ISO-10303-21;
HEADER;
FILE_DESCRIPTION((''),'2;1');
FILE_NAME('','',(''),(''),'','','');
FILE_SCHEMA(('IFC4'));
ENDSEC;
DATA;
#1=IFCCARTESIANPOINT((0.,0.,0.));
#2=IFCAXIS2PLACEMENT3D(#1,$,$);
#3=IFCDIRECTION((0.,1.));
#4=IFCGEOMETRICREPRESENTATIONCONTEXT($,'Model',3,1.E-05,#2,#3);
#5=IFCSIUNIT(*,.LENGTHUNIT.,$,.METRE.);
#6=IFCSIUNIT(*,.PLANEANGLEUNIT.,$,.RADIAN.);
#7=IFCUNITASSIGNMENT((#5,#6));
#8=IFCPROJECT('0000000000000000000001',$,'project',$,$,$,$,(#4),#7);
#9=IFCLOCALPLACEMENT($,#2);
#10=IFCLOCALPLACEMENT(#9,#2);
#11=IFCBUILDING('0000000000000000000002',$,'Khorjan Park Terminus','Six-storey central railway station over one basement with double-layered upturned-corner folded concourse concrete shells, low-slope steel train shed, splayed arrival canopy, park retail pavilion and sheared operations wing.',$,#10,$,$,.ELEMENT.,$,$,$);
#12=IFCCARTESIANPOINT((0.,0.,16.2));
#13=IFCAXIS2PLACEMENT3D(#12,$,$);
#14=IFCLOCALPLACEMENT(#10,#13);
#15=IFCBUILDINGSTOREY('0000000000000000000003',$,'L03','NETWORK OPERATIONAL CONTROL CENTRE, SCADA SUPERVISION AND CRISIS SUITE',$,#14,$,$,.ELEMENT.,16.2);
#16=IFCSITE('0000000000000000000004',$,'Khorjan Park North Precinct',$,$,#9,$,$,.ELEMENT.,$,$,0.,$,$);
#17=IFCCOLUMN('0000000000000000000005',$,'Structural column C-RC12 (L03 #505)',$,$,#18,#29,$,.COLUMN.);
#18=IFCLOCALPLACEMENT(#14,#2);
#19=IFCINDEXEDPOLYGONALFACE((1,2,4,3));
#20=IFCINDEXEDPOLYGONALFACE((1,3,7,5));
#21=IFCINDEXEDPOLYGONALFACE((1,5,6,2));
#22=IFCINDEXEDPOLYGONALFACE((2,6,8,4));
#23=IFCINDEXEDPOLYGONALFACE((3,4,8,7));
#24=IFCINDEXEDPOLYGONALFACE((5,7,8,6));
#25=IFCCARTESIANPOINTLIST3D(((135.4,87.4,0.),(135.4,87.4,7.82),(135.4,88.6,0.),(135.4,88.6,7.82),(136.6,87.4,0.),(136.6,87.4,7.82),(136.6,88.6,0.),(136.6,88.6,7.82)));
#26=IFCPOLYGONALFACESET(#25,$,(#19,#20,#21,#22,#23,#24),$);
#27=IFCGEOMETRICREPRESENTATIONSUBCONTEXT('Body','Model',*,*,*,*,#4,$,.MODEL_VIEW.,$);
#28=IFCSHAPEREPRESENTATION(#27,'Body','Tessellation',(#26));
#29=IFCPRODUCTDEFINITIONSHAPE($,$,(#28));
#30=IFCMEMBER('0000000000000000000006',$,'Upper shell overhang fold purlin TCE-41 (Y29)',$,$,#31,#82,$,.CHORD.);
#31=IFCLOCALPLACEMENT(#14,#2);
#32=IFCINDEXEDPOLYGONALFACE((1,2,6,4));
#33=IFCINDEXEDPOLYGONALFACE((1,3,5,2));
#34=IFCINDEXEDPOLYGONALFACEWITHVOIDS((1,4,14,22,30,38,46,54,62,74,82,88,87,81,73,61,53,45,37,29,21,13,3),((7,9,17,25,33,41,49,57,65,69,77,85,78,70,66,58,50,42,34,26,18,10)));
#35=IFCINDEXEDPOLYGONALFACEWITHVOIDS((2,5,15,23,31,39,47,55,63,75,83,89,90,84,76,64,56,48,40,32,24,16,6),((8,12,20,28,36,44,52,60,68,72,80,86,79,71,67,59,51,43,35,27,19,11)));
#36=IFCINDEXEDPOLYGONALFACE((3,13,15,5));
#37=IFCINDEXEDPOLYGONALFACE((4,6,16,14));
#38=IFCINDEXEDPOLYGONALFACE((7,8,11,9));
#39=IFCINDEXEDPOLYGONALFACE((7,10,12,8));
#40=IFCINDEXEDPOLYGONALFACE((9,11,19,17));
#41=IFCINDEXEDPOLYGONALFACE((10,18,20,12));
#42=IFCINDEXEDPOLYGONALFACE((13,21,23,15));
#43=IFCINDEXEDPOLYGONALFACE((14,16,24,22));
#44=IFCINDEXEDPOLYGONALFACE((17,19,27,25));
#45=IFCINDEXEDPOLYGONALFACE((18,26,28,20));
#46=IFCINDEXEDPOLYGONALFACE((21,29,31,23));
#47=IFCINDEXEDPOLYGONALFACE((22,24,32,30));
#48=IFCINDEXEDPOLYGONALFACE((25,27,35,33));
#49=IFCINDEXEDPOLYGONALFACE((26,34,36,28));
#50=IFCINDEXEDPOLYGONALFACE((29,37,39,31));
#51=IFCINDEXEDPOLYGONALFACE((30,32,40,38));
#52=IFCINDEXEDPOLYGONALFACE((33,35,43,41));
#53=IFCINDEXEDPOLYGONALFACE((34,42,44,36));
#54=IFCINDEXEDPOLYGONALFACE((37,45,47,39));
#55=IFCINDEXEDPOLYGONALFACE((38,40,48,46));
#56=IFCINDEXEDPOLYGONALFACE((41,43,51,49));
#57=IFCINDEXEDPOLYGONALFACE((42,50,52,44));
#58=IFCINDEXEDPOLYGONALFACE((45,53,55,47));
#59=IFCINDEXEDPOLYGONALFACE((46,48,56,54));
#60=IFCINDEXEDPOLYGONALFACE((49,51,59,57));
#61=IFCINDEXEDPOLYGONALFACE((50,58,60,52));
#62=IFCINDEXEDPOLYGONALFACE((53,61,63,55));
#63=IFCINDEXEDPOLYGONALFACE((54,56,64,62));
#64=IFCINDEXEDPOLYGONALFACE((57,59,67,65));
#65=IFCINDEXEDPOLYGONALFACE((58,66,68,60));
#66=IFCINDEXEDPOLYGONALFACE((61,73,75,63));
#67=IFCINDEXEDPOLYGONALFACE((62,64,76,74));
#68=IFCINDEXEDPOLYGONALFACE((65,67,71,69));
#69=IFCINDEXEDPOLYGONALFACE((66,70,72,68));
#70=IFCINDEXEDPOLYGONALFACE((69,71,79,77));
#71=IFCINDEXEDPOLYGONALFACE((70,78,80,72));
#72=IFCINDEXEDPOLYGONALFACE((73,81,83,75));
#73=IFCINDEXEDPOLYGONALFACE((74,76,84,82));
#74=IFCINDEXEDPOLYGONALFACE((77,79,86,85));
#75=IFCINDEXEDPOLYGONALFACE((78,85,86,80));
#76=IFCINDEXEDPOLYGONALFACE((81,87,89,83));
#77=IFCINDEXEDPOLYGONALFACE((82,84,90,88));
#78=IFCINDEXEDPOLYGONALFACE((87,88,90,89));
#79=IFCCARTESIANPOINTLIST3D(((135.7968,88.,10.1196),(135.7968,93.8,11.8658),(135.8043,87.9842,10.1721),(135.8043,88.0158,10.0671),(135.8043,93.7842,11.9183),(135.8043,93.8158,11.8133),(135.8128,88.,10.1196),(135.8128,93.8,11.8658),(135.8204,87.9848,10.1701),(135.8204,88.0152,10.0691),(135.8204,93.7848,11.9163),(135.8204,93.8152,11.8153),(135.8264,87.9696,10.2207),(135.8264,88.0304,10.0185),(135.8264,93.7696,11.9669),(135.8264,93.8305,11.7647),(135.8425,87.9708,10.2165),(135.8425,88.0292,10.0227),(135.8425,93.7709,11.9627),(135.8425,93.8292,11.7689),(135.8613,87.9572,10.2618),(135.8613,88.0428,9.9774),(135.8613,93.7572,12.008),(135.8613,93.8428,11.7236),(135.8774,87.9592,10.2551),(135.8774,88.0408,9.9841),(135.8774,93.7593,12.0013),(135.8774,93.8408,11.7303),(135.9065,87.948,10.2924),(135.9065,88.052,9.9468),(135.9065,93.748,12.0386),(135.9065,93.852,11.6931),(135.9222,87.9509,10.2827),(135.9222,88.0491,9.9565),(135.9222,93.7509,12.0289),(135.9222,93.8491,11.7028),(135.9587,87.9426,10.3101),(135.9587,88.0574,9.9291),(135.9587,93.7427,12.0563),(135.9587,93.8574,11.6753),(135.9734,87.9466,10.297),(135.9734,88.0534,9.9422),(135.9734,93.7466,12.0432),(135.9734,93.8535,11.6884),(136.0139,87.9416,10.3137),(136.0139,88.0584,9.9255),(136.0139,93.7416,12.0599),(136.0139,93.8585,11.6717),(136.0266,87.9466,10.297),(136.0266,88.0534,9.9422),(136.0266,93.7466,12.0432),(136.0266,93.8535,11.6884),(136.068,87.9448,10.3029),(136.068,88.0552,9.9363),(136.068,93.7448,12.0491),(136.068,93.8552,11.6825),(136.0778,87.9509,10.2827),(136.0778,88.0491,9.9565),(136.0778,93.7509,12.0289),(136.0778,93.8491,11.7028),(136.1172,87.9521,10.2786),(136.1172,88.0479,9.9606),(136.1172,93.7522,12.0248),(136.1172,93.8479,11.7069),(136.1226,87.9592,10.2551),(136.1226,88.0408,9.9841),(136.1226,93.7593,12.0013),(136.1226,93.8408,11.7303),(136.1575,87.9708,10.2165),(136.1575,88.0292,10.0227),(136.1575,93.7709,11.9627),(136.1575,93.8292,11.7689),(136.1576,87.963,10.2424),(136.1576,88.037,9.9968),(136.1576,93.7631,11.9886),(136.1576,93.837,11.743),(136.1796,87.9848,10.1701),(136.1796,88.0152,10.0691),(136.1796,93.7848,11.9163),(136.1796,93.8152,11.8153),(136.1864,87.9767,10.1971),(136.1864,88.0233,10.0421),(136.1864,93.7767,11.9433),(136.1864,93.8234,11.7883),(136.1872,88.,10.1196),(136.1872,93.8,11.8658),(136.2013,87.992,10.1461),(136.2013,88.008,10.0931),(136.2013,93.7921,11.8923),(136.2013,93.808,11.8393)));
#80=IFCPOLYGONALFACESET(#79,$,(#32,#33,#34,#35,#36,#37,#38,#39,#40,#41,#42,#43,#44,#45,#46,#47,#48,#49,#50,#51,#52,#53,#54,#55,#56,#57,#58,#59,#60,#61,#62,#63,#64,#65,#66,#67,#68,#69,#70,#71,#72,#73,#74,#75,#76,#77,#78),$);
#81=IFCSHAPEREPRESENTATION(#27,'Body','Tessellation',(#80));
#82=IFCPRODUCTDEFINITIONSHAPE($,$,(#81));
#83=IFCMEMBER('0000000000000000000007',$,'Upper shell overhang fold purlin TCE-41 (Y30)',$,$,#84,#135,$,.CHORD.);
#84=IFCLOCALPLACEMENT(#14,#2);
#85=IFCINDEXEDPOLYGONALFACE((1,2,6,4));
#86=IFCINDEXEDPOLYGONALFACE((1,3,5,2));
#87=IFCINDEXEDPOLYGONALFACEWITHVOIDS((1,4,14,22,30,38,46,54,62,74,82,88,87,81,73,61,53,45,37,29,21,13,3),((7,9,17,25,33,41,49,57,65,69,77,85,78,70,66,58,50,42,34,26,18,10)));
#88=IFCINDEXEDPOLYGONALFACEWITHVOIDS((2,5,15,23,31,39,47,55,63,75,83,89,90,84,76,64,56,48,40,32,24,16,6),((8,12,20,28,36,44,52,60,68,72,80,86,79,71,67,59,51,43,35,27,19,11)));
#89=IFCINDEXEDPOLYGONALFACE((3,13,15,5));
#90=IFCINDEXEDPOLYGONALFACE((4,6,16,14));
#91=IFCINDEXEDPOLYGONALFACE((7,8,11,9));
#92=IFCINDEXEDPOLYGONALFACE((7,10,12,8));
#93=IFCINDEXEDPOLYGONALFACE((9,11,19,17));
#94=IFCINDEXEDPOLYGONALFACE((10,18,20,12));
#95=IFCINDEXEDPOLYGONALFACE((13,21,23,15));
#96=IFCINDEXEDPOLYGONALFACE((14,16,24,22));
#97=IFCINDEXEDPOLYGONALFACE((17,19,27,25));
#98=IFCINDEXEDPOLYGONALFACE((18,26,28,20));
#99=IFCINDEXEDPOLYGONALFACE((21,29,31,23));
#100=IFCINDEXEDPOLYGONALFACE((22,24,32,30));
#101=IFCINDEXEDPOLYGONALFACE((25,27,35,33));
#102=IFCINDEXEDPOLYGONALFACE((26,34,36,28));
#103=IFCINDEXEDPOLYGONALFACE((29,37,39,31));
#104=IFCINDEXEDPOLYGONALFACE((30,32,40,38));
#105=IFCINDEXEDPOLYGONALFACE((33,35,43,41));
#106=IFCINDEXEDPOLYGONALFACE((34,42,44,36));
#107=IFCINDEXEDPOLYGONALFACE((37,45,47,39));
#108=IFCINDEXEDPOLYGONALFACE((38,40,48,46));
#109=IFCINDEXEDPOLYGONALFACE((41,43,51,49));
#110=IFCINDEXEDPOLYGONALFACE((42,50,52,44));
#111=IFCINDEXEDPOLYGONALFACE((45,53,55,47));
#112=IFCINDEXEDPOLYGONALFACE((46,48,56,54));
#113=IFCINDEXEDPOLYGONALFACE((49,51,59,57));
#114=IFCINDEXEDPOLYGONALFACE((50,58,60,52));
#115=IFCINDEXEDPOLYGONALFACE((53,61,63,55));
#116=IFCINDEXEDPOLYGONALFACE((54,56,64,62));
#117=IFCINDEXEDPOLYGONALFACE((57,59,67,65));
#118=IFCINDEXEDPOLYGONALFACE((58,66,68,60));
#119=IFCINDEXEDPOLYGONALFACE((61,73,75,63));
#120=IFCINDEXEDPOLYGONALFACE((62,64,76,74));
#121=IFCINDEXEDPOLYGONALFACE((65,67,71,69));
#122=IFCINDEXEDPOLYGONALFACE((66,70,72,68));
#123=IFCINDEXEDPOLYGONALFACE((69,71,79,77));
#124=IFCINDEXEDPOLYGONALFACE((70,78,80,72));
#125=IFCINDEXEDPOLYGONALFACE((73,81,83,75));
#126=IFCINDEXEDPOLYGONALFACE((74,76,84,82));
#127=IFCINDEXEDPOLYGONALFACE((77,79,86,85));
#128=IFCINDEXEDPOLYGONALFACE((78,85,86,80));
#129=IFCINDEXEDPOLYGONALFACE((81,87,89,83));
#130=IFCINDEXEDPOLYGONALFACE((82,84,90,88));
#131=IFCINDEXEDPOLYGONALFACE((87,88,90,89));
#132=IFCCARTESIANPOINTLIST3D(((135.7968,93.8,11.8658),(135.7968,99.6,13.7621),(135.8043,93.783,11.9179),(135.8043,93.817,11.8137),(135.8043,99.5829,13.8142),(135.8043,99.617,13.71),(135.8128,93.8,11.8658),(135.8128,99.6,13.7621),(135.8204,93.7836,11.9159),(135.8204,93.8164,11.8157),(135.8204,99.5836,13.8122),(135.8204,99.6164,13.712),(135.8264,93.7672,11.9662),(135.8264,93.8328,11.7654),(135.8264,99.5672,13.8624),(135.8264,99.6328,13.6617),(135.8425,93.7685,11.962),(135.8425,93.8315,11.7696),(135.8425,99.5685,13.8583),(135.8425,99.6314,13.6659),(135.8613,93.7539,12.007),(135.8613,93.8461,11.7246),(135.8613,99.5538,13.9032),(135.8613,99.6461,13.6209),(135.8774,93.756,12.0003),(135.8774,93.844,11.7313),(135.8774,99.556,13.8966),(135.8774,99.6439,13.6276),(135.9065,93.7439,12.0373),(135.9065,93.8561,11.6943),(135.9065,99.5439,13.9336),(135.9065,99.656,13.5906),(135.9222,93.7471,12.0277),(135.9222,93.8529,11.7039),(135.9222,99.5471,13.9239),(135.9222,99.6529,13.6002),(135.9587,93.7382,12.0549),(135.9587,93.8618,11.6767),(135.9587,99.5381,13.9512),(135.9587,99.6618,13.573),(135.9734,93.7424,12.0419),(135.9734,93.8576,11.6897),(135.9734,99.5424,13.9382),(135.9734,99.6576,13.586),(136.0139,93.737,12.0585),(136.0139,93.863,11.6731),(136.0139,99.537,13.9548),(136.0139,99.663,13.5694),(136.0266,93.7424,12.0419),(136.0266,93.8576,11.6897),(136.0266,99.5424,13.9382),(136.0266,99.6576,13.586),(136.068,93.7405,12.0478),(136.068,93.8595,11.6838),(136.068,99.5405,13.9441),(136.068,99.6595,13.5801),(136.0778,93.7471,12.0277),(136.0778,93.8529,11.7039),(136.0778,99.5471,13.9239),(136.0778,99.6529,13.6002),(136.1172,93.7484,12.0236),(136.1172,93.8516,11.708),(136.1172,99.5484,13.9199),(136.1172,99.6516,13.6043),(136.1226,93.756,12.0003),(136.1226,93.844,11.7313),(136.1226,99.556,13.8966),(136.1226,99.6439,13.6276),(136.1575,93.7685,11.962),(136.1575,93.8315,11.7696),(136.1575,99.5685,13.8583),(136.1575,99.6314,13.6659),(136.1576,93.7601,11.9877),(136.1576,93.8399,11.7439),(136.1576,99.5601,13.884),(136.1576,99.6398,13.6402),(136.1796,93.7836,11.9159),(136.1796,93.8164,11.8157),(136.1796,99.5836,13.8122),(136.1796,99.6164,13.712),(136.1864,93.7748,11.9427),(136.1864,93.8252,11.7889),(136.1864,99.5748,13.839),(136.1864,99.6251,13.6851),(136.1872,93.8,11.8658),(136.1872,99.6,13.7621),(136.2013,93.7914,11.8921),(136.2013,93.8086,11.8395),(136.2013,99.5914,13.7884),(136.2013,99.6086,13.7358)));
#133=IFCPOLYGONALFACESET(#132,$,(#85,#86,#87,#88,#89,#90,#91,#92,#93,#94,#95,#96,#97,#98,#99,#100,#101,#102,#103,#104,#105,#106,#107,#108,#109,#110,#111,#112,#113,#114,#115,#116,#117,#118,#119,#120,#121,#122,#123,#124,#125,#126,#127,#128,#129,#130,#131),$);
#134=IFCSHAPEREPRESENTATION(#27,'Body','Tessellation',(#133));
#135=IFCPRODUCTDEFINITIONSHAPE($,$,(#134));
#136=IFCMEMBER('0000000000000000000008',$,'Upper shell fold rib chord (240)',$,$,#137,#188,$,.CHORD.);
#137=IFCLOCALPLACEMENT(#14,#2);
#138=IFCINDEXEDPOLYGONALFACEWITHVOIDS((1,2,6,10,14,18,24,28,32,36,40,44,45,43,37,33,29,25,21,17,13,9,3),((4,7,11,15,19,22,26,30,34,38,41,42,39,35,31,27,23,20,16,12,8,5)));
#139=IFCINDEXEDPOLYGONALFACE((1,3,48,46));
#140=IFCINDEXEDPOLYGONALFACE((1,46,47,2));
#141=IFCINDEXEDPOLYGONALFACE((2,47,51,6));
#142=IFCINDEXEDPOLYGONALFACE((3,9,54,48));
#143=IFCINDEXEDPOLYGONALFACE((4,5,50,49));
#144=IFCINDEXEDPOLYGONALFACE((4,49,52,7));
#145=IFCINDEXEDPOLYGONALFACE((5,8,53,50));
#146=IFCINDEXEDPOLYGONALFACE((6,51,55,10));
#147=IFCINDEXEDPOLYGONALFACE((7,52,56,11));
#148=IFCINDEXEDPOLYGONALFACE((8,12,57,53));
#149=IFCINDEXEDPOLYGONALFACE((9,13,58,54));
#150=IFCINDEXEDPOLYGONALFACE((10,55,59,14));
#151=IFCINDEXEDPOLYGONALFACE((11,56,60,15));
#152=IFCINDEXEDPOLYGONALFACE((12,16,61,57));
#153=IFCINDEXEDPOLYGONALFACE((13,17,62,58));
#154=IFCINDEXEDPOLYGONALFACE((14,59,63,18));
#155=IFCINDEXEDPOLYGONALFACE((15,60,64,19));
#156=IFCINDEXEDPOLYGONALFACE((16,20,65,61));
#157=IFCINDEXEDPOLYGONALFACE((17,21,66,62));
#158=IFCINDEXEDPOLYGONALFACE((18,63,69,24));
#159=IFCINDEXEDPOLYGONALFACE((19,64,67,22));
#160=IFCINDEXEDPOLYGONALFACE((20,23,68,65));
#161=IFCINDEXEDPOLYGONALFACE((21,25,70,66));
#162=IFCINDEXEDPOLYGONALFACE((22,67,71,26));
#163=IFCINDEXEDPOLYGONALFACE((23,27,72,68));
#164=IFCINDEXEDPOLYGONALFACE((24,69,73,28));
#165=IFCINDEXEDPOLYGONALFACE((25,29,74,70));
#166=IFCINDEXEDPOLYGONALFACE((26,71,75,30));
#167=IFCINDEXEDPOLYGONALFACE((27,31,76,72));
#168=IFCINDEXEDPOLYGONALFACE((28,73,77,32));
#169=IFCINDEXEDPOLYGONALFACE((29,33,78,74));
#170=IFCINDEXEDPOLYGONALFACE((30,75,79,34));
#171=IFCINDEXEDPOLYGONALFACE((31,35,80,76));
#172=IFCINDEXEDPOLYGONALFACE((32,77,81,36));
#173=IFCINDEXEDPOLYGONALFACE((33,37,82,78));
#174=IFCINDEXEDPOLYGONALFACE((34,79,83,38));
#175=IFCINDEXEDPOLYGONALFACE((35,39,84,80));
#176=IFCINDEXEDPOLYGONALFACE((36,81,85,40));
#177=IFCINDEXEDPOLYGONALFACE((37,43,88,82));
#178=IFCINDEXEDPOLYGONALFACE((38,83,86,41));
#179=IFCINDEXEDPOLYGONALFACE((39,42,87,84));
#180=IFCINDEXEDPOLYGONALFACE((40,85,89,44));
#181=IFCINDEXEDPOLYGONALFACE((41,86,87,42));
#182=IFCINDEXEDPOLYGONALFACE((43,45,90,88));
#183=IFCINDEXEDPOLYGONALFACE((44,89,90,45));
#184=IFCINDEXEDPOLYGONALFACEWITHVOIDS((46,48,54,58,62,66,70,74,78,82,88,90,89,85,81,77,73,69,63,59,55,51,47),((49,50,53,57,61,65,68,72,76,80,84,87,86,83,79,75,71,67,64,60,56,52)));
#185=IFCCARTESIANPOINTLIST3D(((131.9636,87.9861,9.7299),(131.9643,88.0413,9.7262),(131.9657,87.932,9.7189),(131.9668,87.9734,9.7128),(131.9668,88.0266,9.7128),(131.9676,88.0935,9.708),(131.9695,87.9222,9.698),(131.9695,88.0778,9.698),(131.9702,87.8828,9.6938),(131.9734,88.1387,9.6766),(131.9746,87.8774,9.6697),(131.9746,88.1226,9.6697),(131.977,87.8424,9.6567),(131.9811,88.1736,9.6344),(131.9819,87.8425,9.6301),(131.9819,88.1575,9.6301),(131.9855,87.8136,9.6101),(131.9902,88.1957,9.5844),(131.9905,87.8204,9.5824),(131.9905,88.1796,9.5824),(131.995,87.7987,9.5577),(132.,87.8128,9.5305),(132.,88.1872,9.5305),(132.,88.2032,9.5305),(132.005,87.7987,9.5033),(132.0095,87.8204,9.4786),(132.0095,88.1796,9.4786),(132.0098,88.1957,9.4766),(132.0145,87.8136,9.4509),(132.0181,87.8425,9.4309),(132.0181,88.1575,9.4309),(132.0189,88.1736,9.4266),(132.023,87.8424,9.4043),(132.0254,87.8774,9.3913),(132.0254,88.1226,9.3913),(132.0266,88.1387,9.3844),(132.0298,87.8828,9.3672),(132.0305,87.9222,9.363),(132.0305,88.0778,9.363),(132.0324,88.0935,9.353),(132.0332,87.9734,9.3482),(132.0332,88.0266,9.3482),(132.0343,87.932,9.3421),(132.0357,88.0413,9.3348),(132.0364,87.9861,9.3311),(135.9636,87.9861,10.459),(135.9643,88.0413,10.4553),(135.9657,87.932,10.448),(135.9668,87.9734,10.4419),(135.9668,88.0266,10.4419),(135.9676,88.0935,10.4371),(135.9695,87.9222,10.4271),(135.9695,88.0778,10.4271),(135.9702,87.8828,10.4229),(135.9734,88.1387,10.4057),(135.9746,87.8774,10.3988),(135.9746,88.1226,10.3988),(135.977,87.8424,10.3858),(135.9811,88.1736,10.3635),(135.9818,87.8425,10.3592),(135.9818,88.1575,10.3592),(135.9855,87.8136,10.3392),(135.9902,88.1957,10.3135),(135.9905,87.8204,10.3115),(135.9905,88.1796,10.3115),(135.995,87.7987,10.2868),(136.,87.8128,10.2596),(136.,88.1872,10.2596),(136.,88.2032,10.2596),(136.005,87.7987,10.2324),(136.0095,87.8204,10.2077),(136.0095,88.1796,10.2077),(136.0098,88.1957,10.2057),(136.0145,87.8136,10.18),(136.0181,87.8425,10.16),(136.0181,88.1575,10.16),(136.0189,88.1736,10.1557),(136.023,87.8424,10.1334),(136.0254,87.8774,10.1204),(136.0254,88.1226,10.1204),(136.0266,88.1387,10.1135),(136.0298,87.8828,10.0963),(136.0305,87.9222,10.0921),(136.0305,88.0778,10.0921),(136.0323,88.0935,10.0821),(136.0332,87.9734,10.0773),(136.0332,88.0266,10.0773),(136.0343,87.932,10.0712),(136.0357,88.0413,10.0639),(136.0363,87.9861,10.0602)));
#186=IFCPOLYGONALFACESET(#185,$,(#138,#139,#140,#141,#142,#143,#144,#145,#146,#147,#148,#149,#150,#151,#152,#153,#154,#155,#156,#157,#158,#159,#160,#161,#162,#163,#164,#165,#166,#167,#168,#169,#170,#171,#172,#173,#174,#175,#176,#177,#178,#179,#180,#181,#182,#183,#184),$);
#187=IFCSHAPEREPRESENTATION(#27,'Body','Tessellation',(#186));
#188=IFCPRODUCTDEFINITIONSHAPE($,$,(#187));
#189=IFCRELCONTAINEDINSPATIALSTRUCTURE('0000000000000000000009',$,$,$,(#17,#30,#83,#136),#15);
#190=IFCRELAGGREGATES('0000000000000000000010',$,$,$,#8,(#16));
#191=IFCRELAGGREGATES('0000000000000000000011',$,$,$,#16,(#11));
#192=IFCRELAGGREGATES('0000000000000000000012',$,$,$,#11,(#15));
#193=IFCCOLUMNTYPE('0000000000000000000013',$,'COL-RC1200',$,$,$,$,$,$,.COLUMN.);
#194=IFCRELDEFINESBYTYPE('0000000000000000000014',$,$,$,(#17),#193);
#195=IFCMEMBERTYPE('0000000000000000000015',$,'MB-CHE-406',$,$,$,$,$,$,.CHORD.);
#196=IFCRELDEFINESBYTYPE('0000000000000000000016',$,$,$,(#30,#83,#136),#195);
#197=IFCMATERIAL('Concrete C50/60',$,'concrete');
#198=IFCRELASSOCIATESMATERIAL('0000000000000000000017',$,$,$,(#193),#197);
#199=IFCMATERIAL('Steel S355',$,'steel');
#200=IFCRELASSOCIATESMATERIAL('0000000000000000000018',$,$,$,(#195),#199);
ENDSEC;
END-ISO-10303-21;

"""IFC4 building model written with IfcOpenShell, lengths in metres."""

from ifc_helpers import new_model, si_unit, direction, frame, origin, origin_2d, place, context, subcontext, project, spatial, rectangle, hollow_circle, extrude, material, material_profile, profile_set, type_object, element, save


model = new_model("IFC4")

# Units and contexts
model_context = context("Model", 3, precision=1e-05, world=origin(), true_north=direction((0.0, 1.0)))
body_context = subcontext(model_context, "Body", "Model", "MODEL_VIEW")
ifc_project = project(units=[si_unit("LENGTHUNIT", "METRE"), si_unit("PLANEANGLEUNIT", "RADIAN")], contexts=[model_context])

# Site, building, storey
site_placement = place(None, origin())
site = spatial("IfcSite", under=ifc_project, at=site_placement, Name="Khorjan Park North Precinct", CompositionType="ELEMENT", RefElevation=0.0)
building_placement = place(site_placement, origin())
building = spatial("IfcBuilding", under=site, at=building_placement, Name="Khorjan Park Terminus", Description="Six-storey central railway station over one basement with double-layered upturned-corner folded concourse concrete shells, low-slope steel train shed, splayed arrival canopy, park retail pavilion and sheared operations wing.", CompositionType="ELEMENT")
storey_placement = place(building_placement, frame((0.0, 0.0, 16.2)))
storey = spatial("IfcBuildingStorey", under=building, at=storey_placement, Name="L03", Description="NETWORK OPERATIONAL CONTROL CENTRE, SCADA SUPERVISION AND CRISIS SUITE", CompositionType="ELEMENT", Elevation=16.2)

# Column
ifc_material_1 = material(Name="Concrete C50/60", Category="concrete")
ifc_material_profile_1 = material_profile(ifc_material_1, rectangle(XDim=1.2, YDim=1.2, at=origin_2d()), Name="RC 1200x1200")
ifc_profile_set_1 = profile_set([ifc_material_profile_1], Name="Concrete C50/60")
column_type = type_object("IfcColumnType", Name="COL-RC1200", PredefinedType="COLUMN", material=ifc_profile_set_1)
column_placement = place(storey_placement, frame((136.0, 88.0, 0.0), z_axis=(0.0, 0.0, 1.0), x_axis=(1.0, 0.0, 0.0)))
element("IfcColumn", 1, at=column_placement, inside=storey, type_object=column_type, Name="Structural column C-RC12 (L03 #505)", PredefinedType="COLUMN", context=body_context, shape_type="SweptSolid", body=[
    extrude(rectangle(XDim=1.2, YDim=1.2, at=origin_2d()), origin(), (0.0, 0.0, 1.0), 7.82),
])

# Members
ifc_material_2 = material(Name="Steel S355", Category="steel")
ifc_material_profile_2 = material_profile(ifc_material_2, hollow_circle(Radius=0.2032, WallThickness=0.016, at=origin_2d()), Name="CHS 406.4x16")
ifc_profile_set_2 = profile_set([ifc_material_profile_2], Name="Steel S355")
member_type_1 = type_object("IfcMemberType", Name="MB-CHE-406", PredefinedType="CHORD", material=ifc_profile_set_2)
member_1_placement = place(storey_placement, frame((136.0, 88.0, 10.1196), z_axis=(0.0, 0.957544, 0.288287), x_axis=(-1.0, 0.0, 0.0)))
element("IfcMember", 2, at=member_1_placement, inside=storey, type_object=member_type_1, Name="Upper shell overhang fold purlin TCE-41 (Y29)", PredefinedType="CHORD", context=body_context, shape_type="SweptSolid", body=[
    extrude(hollow_circle(Radius=0.2032, WallThickness=0.016, at=origin_2d()), origin(), (0.0, 0.0, 1.0), 6.0572),
])
member_2_placement = place(storey_placement, frame((136.0, 93.8, 11.8658), z_axis=(0.0, 0.950488, 0.31076), x_axis=(-1.0, 0.0, 0.0)))
element("IfcMember", 3, at=member_2_placement, inside=storey, type_object=member_type_1, Name="Upper shell overhang fold purlin TCE-41 (Y30)", PredefinedType="CHORD", context=body_context, shape_type="SweptSolid", body=[
    extrude(hollow_circle(Radius=0.2032, WallThickness=0.016, at=origin_2d()), origin(), (0.0, 0.0, 1.0), 6.1021),
])
member_3_placement = place(storey_placement, frame((132.0, 88.0, 9.5305), z_axis=(0.983791, 0.0, 0.17932), x_axis=(0.0, 1.0, 0.0)))
element("IfcMember", 4, at=member_3_placement, inside=storey, type_object=member_type_1, Name="Upper shell fold rib chord (240)", PredefinedType="CHORD", context=body_context, shape_type="SweptSolid", body=[
    extrude(hollow_circle(Radius=0.2032, WallThickness=0.016, at=origin_2d()), origin(), (0.0, 0.0, 1.0), 4.0659),
])

save(model, "model.ifc")
